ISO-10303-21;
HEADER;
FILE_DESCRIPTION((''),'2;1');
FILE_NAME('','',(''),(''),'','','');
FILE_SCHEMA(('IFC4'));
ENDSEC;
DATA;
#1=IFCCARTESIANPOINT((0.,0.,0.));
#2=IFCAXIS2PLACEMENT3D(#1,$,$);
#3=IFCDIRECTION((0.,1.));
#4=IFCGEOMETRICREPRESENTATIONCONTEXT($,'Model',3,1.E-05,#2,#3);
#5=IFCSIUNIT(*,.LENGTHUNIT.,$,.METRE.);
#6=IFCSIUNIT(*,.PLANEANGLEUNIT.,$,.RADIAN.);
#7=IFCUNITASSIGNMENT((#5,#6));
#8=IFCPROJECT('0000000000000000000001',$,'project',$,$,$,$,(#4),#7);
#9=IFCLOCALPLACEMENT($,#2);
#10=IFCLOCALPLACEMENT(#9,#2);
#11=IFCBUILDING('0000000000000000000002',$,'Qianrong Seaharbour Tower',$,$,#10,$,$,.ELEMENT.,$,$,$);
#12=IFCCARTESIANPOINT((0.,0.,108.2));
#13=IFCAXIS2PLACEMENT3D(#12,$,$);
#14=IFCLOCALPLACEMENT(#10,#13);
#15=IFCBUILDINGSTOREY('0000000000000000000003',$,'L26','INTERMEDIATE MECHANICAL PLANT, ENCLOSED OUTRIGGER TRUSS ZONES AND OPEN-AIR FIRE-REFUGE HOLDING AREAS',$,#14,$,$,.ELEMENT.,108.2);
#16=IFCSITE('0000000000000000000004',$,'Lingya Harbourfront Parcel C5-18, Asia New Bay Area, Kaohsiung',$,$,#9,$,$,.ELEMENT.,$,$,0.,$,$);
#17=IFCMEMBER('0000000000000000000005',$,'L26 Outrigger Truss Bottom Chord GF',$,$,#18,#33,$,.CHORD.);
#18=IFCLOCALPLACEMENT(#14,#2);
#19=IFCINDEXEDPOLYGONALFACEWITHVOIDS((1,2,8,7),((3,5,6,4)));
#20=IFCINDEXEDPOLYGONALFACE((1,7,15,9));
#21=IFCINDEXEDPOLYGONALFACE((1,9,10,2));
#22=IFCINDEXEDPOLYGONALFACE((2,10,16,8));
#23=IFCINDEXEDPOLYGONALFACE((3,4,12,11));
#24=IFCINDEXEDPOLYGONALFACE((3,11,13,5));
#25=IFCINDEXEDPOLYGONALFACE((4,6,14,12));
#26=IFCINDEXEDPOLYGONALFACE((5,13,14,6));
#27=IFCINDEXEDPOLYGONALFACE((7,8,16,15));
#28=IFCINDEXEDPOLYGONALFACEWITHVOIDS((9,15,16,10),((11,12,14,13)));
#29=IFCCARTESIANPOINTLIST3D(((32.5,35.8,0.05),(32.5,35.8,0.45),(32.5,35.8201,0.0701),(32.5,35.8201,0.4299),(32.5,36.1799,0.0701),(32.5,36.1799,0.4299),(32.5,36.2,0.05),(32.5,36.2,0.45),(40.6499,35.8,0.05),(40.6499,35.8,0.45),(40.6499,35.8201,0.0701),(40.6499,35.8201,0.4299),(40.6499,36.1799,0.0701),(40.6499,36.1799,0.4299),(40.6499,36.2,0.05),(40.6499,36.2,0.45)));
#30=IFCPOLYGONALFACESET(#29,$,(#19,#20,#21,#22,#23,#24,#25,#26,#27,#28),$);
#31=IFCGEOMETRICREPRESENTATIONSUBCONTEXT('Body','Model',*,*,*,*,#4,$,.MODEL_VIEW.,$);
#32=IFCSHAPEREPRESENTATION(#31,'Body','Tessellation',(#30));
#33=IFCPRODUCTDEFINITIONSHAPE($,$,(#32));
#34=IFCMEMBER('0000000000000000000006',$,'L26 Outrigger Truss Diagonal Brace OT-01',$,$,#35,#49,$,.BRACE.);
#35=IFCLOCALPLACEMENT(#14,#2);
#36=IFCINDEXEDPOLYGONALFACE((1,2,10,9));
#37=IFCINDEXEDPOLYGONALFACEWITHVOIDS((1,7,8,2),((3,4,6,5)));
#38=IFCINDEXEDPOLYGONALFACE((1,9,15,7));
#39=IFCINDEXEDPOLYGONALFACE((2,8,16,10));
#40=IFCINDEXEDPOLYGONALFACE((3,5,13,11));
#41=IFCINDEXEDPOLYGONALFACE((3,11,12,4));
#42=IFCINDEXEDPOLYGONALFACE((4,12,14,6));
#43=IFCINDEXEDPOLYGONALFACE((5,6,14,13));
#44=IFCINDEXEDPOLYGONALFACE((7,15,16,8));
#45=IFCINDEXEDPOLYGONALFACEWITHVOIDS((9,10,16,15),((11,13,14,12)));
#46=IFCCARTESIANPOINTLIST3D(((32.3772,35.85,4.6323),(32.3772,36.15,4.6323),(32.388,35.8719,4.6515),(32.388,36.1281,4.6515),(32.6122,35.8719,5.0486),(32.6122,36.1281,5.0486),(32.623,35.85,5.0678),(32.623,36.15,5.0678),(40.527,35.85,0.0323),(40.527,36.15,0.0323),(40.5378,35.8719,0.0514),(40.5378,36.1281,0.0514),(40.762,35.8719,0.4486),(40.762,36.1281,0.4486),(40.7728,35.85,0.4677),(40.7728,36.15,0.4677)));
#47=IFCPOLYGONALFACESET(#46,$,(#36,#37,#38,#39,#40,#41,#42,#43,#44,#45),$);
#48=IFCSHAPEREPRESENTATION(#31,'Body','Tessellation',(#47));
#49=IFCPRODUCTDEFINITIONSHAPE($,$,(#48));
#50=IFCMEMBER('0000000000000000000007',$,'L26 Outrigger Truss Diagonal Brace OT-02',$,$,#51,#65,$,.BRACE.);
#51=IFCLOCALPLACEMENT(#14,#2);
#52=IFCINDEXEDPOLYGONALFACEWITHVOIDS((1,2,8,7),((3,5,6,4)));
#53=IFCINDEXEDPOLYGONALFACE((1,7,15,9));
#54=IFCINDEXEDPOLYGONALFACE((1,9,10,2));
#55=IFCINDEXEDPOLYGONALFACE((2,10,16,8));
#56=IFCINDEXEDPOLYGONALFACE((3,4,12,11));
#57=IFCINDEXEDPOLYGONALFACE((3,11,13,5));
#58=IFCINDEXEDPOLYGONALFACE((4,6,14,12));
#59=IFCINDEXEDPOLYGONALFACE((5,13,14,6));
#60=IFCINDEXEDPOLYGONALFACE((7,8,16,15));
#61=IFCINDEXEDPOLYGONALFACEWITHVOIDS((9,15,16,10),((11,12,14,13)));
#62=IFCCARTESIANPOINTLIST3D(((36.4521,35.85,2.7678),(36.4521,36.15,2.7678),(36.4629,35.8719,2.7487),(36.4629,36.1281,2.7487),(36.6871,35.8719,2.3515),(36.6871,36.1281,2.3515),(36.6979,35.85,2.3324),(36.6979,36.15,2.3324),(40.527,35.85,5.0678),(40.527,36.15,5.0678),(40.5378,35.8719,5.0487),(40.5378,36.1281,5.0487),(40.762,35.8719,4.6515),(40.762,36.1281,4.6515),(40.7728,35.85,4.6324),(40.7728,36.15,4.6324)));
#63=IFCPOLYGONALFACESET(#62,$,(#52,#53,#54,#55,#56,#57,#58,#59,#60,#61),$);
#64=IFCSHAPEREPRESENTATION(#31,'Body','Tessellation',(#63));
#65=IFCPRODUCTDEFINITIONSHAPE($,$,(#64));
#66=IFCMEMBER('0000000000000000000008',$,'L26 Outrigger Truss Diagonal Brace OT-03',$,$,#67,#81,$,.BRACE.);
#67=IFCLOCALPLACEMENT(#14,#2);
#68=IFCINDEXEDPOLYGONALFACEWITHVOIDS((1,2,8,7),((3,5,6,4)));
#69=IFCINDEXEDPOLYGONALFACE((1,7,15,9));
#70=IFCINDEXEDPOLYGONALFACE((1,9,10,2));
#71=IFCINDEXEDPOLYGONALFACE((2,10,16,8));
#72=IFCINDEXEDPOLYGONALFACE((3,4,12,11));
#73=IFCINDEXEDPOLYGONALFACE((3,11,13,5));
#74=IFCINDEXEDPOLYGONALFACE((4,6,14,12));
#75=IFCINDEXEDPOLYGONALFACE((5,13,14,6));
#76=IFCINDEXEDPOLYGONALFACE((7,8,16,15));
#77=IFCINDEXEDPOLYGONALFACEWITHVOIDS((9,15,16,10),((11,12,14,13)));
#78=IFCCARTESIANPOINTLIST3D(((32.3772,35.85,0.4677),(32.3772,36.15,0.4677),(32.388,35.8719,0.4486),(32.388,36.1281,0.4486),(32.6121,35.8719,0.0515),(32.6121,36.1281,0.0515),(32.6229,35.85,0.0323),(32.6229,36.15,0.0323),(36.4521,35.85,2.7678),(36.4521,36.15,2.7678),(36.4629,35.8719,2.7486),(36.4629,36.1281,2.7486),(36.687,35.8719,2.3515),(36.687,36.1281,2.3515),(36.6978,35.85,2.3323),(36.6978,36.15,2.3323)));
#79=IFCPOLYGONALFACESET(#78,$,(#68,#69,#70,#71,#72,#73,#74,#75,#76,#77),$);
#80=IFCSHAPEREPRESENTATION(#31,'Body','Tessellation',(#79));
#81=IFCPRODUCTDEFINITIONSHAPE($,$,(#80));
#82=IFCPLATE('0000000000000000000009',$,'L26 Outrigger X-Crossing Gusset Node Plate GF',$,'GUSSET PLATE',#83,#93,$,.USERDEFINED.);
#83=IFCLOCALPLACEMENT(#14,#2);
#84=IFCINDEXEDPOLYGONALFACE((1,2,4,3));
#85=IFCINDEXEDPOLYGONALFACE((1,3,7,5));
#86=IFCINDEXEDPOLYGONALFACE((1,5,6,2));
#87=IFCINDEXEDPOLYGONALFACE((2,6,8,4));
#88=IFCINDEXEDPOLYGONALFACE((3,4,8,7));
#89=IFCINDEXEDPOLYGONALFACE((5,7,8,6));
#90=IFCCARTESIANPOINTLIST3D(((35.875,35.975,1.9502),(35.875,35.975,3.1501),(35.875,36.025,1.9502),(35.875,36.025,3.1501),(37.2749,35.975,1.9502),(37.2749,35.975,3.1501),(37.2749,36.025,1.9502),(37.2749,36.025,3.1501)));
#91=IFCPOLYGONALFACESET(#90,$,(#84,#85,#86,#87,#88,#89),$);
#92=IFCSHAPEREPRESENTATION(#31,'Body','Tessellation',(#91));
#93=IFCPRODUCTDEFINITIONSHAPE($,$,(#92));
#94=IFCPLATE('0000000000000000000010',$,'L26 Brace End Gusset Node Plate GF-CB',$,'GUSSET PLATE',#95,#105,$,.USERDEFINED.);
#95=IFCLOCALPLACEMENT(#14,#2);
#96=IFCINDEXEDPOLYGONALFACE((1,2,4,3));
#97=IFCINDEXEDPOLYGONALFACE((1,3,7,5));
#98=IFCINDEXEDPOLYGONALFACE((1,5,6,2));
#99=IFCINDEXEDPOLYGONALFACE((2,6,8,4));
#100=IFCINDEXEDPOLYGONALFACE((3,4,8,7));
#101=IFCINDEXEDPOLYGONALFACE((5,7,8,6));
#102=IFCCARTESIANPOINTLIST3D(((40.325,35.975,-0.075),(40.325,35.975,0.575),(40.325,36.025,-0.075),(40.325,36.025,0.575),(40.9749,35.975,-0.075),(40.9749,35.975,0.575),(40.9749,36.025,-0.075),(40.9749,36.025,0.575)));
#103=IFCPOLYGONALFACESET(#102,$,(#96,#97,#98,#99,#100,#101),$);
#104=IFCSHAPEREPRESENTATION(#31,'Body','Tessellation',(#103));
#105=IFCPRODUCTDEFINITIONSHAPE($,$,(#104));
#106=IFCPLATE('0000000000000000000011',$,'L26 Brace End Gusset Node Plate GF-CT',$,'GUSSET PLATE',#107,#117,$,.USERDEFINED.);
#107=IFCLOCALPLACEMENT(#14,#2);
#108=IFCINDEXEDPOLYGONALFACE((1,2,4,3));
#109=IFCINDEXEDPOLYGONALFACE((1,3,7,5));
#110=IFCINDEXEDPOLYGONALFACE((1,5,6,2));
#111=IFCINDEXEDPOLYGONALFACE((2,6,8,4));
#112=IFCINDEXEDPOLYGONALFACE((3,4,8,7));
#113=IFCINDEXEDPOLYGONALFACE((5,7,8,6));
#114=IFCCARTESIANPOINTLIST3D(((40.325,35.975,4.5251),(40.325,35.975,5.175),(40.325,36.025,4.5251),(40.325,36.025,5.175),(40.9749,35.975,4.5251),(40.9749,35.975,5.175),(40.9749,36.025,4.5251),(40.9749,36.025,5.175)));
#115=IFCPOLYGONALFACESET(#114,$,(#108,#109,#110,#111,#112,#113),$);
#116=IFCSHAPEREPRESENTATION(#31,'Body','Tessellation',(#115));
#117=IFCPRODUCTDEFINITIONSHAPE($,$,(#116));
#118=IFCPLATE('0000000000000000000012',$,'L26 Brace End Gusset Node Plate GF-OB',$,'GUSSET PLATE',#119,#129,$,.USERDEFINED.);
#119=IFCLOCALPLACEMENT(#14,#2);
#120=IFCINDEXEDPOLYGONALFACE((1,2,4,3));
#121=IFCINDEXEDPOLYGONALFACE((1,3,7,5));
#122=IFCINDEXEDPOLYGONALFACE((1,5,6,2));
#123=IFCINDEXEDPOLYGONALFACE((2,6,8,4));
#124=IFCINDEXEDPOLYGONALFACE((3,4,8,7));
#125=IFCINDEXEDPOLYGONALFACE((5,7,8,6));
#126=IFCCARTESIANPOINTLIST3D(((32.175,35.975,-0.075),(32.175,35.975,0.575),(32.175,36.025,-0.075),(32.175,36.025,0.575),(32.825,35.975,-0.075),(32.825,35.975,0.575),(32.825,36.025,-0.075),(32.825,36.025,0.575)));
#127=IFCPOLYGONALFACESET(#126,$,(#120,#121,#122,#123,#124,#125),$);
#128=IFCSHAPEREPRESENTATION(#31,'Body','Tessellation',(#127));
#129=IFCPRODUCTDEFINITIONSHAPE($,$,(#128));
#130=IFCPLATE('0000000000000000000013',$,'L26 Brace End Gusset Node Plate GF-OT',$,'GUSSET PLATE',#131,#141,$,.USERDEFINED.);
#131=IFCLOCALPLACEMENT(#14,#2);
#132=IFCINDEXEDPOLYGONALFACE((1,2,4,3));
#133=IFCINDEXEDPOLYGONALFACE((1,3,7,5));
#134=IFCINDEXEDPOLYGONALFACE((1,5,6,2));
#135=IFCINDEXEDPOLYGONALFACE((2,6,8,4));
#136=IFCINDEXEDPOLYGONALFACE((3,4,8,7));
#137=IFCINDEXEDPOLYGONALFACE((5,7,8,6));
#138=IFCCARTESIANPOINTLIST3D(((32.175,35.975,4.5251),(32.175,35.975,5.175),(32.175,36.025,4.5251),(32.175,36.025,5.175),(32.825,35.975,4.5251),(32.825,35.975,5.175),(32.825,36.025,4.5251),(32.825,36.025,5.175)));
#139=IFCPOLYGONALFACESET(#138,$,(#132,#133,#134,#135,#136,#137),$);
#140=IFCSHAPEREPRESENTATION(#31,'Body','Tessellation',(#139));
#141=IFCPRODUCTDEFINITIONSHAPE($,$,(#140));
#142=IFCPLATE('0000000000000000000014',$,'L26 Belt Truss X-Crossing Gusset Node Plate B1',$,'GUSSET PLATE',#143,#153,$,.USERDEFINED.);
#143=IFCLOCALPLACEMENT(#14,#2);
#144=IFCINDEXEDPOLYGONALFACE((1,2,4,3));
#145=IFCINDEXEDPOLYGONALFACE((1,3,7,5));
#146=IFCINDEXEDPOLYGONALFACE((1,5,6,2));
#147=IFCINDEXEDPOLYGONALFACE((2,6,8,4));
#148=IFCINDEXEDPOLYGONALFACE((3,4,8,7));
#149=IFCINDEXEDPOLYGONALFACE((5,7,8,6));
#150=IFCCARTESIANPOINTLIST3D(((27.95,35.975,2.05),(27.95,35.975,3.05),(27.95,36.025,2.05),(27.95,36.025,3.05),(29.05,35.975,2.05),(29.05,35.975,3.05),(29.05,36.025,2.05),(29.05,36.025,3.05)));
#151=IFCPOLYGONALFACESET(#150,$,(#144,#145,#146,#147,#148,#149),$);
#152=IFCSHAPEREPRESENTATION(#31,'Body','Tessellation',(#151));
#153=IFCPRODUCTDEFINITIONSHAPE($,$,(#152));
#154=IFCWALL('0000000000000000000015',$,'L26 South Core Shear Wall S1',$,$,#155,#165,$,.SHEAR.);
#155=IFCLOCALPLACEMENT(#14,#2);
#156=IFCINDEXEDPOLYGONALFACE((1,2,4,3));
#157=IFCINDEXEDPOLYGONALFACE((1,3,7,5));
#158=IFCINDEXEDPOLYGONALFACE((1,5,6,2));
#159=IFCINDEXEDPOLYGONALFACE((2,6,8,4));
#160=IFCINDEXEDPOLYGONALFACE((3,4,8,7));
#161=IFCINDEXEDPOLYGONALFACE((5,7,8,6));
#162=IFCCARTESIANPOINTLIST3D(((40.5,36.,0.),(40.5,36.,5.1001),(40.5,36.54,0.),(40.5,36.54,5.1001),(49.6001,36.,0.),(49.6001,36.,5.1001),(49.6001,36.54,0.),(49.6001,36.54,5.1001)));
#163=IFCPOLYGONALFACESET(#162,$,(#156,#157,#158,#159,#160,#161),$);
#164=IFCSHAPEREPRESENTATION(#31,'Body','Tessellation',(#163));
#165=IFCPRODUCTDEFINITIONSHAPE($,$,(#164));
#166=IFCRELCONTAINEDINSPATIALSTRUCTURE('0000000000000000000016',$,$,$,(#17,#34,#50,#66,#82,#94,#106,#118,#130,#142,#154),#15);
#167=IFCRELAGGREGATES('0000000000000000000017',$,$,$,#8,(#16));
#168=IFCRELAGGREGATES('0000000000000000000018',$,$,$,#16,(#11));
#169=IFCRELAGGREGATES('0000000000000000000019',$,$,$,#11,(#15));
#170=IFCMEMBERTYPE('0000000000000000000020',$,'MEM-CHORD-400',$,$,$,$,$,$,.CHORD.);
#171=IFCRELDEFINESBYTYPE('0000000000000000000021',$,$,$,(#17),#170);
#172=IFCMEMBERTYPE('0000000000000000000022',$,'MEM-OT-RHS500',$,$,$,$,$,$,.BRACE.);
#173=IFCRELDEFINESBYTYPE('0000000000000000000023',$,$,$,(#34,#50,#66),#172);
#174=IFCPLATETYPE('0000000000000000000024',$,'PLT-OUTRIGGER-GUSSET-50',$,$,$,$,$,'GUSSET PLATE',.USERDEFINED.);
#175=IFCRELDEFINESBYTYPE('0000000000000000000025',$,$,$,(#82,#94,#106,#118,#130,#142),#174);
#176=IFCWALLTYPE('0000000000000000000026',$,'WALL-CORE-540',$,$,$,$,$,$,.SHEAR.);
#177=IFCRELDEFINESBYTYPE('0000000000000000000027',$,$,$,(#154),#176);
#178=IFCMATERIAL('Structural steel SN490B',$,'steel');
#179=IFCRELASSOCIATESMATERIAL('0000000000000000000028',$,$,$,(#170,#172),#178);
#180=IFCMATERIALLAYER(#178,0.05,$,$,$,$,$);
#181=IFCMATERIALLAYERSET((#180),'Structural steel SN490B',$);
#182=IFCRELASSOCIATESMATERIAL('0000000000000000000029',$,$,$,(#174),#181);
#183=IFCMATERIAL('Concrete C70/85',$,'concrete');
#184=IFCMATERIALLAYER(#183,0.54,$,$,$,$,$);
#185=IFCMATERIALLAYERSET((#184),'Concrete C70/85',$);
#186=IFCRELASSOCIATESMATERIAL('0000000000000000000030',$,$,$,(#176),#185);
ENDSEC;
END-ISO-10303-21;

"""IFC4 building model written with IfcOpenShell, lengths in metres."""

from ifc_helpers import new_model, si_unit, direction, frame, frame_2d, origin, origin_2d, place, context, subcontext, project, spatial, rectangle, hollow_rectangle, extrude, material, layer, layer_set, material_profile, profile_set, type_object, element, save


model = new_model("IFC4")

# Units and contexts
model_context = context("Model", 3, precision=1e-05, world=origin(), true_north=direction((0.0, 1.0)))
body_context = subcontext(model_context, "Body", "Model", "MODEL_VIEW")
ifc_project = project(units=[si_unit("LENGTHUNIT", "METRE"), si_unit("PLANEANGLEUNIT", "RADIAN")], contexts=[model_context])

# Site, building, storey
site_placement = place(None, origin())
site = spatial("IfcSite", under=ifc_project, at=site_placement, Name="Lingya Harbourfront Parcel C5-18, Asia New Bay Area, Kaohsiung", CompositionType="ELEMENT", RefElevation=0.0)
building_placement = place(site_placement, origin())
building = spatial("IfcBuilding", under=site, at=building_placement, Name="Qianrong Seaharbour Tower", CompositionType="ELEMENT")
storey_placement = place(building_placement, frame((0.0, 0.0, 108.2)))
storey = spatial("IfcBuildingStorey", under=building, at=storey_placement, Name="L26", Description="INTERMEDIATE MECHANICAL PLANT, ENCLOSED OUTRIGGER TRUSS ZONES AND OPEN-AIR FIRE-REFUGE HOLDING AREAS", CompositionType="ELEMENT", Elevation=108.2)

# Shared definitions
ifc_material_1 = material(Name="Structural steel SN490B", Category="steel")

# Members
ifc_material_profile_1 = material_profile(ifc_material_1, hollow_rectangle(XDim=0.3999, YDim=0.3999, WallThickness=0.02, at=origin_2d()), Name="SHS400x400x20")
ifc_profile_set_1 = profile_set([ifc_material_profile_1], Name="Structural steel SN490B")
member_type_1 = type_object("IfcMemberType", Name="MEM-CHORD-400", PredefinedType="CHORD", material=ifc_profile_set_1)
member_1_placement = place(storey_placement, frame((32.5, 36.0, 0.25), z_axis=(1.0, 0.0, 0.0), x_axis=(0.0, 1.0, 0.0)))
element("IfcMember", 1, at=member_1_placement, inside=storey, type_object=member_type_1, Name="L26 Outrigger Truss Bottom Chord GF", PredefinedType="CHORD", context=body_context, shape_type="SweptSolid", body=[
    extrude(hollow_rectangle(XDim=0.3999, YDim=0.3999, WallThickness=0.02, at=origin_2d()), origin(), (0.0, 0.0, 1.0), 8.1499),
])
ifc_material_profile_2 = material_profile(ifc_material_1, hollow_rectangle(XDim=0.3, YDim=0.5, WallThickness=0.022, at=origin_2d()), Name="RHS500x300x22")
ifc_profile_set_2 = profile_set([ifc_material_profile_2], Name="Structural steel SN490B")
member_type_2 = type_object("IfcMemberType", Name="MEM-OT-RHS500", PredefinedType="BRACE", material=ifc_profile_set_2)
member_2_placement = place(storey_placement, frame((40.6499, 36.0, 0.25), z_axis=(-0.870854, 0.0, 0.491541), x_axis=(0.0, -1.0, 0.0)))
element("IfcMember", 2, at=member_2_placement, inside=storey, type_object=member_type_2, Name="L26 Outrigger Truss Diagonal Brace OT-01", PredefinedType="BRACE", context=body_context, shape_type="SweptSolid", body=[
    extrude(hollow_rectangle(XDim=0.3, YDim=0.5, WallThickness=0.022, at=origin_2d()), origin(), (0.0, 0.0, 1.0), 9.3584),
])
for number, where, z_axis, x_axis, name in (
    (3, (40.6499, 36.0, 4.8501), (-0.870854, 0.0, -0.491541), (0.0, -1.0, 0.0), "L26 Outrigger Truss Diagonal Brace OT-02"),
    (4, (36.575, 36.0, 2.55), (-0.870854, 0.0, -0.491541), (0.0, -1.0, 0.0), "L26 Outrigger Truss Diagonal Brace OT-03"),
):
    element("IfcMember", number, at=place(storey_placement, frame(where, z_axis=z_axis, x_axis=x_axis)), inside=storey, type_object=member_type_2, Name=name, PredefinedType="BRACE", context=body_context, shape_type="SweptSolid", body=[
        extrude(hollow_rectangle(XDim=0.3, YDim=0.5, WallThickness=0.022, at=origin_2d()), origin(), (0.0, 0.0, 1.0), 4.6792),
    ])

# Plates
ifc_layer_1 = layer(ifc_material_1, 0.05)
ifc_layer_set_1 = layer_set([ifc_layer_1], Name="Structural steel SN490B")
plate_type = type_object("IfcPlateType", Name="PLT-OUTRIGGER-GUSSET-50", ElementType="GUSSET PLATE", PredefinedType="USERDEFINED", material=ifc_layer_set_1)
plate_1_placement = place(storey_placement, frame((36.575, 36.0, 1.9502), z_axis=(0.0, 0.0, 1.0), x_axis=(1.0, 0.0, 0.0)))
element("IfcPlate", 5, at=plate_1_placement, inside=storey, type_object=plate_type, Name="L26 Outrigger X-Crossing Gusset Node Plate GF", ObjectType="GUSSET PLATE", PredefinedType="USERDEFINED", context=body_context, shape_type="SweptSolid", body=[
    extrude(rectangle(XDim=1.3999, YDim=0.05, at=origin_2d()), origin(), (0.0, 0.0, 1.0), 1.2),
])
for number, where, z_axis, x_axis, name in (
    (6, (40.6499, 36.0, -0.075), (0.0, 0.0, 1.0), (1.0, 0.0, 0.0), "L26 Brace End Gusset Node Plate GF-CB"),
    (7, (40.6499, 36.0, 4.5251), (0.0, 0.0, 1.0), (1.0, 0.0, 0.0), "L26 Brace End Gusset Node Plate GF-CT"),
    (8, (32.5, 36.0, -0.075), (0.0, 0.0, 1.0), (1.0, 0.0, 0.0), "L26 Brace End Gusset Node Plate GF-OB"),
    (9, (32.5, 36.0, 4.5251), (0.0, 0.0, 1.0), (1.0, 0.0, 0.0), "L26 Brace End Gusset Node Plate GF-OT"),
):
    element("IfcPlate", number, at=place(storey_placement, frame(where, z_axis=z_axis, x_axis=x_axis)), inside=storey, type_object=plate_type, Name=name, ObjectType="GUSSET PLATE", PredefinedType="USERDEFINED", context=body_context, shape_type="SweptSolid", body=[
        extrude(rectangle(XDim=0.6499, YDim=0.05, at=origin_2d()), origin(), (0.0, 0.0, 1.0), 0.6499),
    ])
plate_2_placement = place(storey_placement, frame((28.5, 36.0, 2.05), z_axis=(0.0, 0.0, 1.0), x_axis=(1.0, 0.0, 0.0)))
element("IfcPlate", 10, at=plate_2_placement, inside=storey, type_object=plate_type, Name="L26 Belt Truss X-Crossing Gusset Node Plate B1", ObjectType="GUSSET PLATE", PredefinedType="USERDEFINED", context=body_context, shape_type="SweptSolid", body=[
    extrude(rectangle(XDim=1.1001, YDim=0.05, at=origin_2d()), origin(), (0.0, 0.0, 1.0), 1.0),
])

# Wall
ifc_material_2 = material(Name="Concrete C70/85", Category="concrete")
ifc_layer_2 = layer(ifc_material_2, 0.54)
ifc_layer_set_2 = layer_set([ifc_layer_2], Name="Concrete C70/85")
wall_type_1 = type_object("IfcWallType", Name="WALL-CORE-540", PredefinedType="SHEAR", material=ifc_layer_set_2)
wall_1_placement = place(storey_placement, frame((40.5, 36.27, 0.0), z_axis=(0.0, 0.0, 1.0), x_axis=(1.0, 0.0, 0.0)))
element("IfcWall", 11, at=wall_1_placement, inside=storey, type_object=wall_type_1, Name="L26 South Core Shear Wall S1", PredefinedType="SHEAR", context=body_context, shape_type="SweptSolid", body=[
    extrude(rectangle(XDim=9.1001, YDim=0.54, at=frame_2d((4.55, 0.0))), origin(), (0.0, 0.0, 1.0), 5.1001),
])

save(model, "model.ifc")
